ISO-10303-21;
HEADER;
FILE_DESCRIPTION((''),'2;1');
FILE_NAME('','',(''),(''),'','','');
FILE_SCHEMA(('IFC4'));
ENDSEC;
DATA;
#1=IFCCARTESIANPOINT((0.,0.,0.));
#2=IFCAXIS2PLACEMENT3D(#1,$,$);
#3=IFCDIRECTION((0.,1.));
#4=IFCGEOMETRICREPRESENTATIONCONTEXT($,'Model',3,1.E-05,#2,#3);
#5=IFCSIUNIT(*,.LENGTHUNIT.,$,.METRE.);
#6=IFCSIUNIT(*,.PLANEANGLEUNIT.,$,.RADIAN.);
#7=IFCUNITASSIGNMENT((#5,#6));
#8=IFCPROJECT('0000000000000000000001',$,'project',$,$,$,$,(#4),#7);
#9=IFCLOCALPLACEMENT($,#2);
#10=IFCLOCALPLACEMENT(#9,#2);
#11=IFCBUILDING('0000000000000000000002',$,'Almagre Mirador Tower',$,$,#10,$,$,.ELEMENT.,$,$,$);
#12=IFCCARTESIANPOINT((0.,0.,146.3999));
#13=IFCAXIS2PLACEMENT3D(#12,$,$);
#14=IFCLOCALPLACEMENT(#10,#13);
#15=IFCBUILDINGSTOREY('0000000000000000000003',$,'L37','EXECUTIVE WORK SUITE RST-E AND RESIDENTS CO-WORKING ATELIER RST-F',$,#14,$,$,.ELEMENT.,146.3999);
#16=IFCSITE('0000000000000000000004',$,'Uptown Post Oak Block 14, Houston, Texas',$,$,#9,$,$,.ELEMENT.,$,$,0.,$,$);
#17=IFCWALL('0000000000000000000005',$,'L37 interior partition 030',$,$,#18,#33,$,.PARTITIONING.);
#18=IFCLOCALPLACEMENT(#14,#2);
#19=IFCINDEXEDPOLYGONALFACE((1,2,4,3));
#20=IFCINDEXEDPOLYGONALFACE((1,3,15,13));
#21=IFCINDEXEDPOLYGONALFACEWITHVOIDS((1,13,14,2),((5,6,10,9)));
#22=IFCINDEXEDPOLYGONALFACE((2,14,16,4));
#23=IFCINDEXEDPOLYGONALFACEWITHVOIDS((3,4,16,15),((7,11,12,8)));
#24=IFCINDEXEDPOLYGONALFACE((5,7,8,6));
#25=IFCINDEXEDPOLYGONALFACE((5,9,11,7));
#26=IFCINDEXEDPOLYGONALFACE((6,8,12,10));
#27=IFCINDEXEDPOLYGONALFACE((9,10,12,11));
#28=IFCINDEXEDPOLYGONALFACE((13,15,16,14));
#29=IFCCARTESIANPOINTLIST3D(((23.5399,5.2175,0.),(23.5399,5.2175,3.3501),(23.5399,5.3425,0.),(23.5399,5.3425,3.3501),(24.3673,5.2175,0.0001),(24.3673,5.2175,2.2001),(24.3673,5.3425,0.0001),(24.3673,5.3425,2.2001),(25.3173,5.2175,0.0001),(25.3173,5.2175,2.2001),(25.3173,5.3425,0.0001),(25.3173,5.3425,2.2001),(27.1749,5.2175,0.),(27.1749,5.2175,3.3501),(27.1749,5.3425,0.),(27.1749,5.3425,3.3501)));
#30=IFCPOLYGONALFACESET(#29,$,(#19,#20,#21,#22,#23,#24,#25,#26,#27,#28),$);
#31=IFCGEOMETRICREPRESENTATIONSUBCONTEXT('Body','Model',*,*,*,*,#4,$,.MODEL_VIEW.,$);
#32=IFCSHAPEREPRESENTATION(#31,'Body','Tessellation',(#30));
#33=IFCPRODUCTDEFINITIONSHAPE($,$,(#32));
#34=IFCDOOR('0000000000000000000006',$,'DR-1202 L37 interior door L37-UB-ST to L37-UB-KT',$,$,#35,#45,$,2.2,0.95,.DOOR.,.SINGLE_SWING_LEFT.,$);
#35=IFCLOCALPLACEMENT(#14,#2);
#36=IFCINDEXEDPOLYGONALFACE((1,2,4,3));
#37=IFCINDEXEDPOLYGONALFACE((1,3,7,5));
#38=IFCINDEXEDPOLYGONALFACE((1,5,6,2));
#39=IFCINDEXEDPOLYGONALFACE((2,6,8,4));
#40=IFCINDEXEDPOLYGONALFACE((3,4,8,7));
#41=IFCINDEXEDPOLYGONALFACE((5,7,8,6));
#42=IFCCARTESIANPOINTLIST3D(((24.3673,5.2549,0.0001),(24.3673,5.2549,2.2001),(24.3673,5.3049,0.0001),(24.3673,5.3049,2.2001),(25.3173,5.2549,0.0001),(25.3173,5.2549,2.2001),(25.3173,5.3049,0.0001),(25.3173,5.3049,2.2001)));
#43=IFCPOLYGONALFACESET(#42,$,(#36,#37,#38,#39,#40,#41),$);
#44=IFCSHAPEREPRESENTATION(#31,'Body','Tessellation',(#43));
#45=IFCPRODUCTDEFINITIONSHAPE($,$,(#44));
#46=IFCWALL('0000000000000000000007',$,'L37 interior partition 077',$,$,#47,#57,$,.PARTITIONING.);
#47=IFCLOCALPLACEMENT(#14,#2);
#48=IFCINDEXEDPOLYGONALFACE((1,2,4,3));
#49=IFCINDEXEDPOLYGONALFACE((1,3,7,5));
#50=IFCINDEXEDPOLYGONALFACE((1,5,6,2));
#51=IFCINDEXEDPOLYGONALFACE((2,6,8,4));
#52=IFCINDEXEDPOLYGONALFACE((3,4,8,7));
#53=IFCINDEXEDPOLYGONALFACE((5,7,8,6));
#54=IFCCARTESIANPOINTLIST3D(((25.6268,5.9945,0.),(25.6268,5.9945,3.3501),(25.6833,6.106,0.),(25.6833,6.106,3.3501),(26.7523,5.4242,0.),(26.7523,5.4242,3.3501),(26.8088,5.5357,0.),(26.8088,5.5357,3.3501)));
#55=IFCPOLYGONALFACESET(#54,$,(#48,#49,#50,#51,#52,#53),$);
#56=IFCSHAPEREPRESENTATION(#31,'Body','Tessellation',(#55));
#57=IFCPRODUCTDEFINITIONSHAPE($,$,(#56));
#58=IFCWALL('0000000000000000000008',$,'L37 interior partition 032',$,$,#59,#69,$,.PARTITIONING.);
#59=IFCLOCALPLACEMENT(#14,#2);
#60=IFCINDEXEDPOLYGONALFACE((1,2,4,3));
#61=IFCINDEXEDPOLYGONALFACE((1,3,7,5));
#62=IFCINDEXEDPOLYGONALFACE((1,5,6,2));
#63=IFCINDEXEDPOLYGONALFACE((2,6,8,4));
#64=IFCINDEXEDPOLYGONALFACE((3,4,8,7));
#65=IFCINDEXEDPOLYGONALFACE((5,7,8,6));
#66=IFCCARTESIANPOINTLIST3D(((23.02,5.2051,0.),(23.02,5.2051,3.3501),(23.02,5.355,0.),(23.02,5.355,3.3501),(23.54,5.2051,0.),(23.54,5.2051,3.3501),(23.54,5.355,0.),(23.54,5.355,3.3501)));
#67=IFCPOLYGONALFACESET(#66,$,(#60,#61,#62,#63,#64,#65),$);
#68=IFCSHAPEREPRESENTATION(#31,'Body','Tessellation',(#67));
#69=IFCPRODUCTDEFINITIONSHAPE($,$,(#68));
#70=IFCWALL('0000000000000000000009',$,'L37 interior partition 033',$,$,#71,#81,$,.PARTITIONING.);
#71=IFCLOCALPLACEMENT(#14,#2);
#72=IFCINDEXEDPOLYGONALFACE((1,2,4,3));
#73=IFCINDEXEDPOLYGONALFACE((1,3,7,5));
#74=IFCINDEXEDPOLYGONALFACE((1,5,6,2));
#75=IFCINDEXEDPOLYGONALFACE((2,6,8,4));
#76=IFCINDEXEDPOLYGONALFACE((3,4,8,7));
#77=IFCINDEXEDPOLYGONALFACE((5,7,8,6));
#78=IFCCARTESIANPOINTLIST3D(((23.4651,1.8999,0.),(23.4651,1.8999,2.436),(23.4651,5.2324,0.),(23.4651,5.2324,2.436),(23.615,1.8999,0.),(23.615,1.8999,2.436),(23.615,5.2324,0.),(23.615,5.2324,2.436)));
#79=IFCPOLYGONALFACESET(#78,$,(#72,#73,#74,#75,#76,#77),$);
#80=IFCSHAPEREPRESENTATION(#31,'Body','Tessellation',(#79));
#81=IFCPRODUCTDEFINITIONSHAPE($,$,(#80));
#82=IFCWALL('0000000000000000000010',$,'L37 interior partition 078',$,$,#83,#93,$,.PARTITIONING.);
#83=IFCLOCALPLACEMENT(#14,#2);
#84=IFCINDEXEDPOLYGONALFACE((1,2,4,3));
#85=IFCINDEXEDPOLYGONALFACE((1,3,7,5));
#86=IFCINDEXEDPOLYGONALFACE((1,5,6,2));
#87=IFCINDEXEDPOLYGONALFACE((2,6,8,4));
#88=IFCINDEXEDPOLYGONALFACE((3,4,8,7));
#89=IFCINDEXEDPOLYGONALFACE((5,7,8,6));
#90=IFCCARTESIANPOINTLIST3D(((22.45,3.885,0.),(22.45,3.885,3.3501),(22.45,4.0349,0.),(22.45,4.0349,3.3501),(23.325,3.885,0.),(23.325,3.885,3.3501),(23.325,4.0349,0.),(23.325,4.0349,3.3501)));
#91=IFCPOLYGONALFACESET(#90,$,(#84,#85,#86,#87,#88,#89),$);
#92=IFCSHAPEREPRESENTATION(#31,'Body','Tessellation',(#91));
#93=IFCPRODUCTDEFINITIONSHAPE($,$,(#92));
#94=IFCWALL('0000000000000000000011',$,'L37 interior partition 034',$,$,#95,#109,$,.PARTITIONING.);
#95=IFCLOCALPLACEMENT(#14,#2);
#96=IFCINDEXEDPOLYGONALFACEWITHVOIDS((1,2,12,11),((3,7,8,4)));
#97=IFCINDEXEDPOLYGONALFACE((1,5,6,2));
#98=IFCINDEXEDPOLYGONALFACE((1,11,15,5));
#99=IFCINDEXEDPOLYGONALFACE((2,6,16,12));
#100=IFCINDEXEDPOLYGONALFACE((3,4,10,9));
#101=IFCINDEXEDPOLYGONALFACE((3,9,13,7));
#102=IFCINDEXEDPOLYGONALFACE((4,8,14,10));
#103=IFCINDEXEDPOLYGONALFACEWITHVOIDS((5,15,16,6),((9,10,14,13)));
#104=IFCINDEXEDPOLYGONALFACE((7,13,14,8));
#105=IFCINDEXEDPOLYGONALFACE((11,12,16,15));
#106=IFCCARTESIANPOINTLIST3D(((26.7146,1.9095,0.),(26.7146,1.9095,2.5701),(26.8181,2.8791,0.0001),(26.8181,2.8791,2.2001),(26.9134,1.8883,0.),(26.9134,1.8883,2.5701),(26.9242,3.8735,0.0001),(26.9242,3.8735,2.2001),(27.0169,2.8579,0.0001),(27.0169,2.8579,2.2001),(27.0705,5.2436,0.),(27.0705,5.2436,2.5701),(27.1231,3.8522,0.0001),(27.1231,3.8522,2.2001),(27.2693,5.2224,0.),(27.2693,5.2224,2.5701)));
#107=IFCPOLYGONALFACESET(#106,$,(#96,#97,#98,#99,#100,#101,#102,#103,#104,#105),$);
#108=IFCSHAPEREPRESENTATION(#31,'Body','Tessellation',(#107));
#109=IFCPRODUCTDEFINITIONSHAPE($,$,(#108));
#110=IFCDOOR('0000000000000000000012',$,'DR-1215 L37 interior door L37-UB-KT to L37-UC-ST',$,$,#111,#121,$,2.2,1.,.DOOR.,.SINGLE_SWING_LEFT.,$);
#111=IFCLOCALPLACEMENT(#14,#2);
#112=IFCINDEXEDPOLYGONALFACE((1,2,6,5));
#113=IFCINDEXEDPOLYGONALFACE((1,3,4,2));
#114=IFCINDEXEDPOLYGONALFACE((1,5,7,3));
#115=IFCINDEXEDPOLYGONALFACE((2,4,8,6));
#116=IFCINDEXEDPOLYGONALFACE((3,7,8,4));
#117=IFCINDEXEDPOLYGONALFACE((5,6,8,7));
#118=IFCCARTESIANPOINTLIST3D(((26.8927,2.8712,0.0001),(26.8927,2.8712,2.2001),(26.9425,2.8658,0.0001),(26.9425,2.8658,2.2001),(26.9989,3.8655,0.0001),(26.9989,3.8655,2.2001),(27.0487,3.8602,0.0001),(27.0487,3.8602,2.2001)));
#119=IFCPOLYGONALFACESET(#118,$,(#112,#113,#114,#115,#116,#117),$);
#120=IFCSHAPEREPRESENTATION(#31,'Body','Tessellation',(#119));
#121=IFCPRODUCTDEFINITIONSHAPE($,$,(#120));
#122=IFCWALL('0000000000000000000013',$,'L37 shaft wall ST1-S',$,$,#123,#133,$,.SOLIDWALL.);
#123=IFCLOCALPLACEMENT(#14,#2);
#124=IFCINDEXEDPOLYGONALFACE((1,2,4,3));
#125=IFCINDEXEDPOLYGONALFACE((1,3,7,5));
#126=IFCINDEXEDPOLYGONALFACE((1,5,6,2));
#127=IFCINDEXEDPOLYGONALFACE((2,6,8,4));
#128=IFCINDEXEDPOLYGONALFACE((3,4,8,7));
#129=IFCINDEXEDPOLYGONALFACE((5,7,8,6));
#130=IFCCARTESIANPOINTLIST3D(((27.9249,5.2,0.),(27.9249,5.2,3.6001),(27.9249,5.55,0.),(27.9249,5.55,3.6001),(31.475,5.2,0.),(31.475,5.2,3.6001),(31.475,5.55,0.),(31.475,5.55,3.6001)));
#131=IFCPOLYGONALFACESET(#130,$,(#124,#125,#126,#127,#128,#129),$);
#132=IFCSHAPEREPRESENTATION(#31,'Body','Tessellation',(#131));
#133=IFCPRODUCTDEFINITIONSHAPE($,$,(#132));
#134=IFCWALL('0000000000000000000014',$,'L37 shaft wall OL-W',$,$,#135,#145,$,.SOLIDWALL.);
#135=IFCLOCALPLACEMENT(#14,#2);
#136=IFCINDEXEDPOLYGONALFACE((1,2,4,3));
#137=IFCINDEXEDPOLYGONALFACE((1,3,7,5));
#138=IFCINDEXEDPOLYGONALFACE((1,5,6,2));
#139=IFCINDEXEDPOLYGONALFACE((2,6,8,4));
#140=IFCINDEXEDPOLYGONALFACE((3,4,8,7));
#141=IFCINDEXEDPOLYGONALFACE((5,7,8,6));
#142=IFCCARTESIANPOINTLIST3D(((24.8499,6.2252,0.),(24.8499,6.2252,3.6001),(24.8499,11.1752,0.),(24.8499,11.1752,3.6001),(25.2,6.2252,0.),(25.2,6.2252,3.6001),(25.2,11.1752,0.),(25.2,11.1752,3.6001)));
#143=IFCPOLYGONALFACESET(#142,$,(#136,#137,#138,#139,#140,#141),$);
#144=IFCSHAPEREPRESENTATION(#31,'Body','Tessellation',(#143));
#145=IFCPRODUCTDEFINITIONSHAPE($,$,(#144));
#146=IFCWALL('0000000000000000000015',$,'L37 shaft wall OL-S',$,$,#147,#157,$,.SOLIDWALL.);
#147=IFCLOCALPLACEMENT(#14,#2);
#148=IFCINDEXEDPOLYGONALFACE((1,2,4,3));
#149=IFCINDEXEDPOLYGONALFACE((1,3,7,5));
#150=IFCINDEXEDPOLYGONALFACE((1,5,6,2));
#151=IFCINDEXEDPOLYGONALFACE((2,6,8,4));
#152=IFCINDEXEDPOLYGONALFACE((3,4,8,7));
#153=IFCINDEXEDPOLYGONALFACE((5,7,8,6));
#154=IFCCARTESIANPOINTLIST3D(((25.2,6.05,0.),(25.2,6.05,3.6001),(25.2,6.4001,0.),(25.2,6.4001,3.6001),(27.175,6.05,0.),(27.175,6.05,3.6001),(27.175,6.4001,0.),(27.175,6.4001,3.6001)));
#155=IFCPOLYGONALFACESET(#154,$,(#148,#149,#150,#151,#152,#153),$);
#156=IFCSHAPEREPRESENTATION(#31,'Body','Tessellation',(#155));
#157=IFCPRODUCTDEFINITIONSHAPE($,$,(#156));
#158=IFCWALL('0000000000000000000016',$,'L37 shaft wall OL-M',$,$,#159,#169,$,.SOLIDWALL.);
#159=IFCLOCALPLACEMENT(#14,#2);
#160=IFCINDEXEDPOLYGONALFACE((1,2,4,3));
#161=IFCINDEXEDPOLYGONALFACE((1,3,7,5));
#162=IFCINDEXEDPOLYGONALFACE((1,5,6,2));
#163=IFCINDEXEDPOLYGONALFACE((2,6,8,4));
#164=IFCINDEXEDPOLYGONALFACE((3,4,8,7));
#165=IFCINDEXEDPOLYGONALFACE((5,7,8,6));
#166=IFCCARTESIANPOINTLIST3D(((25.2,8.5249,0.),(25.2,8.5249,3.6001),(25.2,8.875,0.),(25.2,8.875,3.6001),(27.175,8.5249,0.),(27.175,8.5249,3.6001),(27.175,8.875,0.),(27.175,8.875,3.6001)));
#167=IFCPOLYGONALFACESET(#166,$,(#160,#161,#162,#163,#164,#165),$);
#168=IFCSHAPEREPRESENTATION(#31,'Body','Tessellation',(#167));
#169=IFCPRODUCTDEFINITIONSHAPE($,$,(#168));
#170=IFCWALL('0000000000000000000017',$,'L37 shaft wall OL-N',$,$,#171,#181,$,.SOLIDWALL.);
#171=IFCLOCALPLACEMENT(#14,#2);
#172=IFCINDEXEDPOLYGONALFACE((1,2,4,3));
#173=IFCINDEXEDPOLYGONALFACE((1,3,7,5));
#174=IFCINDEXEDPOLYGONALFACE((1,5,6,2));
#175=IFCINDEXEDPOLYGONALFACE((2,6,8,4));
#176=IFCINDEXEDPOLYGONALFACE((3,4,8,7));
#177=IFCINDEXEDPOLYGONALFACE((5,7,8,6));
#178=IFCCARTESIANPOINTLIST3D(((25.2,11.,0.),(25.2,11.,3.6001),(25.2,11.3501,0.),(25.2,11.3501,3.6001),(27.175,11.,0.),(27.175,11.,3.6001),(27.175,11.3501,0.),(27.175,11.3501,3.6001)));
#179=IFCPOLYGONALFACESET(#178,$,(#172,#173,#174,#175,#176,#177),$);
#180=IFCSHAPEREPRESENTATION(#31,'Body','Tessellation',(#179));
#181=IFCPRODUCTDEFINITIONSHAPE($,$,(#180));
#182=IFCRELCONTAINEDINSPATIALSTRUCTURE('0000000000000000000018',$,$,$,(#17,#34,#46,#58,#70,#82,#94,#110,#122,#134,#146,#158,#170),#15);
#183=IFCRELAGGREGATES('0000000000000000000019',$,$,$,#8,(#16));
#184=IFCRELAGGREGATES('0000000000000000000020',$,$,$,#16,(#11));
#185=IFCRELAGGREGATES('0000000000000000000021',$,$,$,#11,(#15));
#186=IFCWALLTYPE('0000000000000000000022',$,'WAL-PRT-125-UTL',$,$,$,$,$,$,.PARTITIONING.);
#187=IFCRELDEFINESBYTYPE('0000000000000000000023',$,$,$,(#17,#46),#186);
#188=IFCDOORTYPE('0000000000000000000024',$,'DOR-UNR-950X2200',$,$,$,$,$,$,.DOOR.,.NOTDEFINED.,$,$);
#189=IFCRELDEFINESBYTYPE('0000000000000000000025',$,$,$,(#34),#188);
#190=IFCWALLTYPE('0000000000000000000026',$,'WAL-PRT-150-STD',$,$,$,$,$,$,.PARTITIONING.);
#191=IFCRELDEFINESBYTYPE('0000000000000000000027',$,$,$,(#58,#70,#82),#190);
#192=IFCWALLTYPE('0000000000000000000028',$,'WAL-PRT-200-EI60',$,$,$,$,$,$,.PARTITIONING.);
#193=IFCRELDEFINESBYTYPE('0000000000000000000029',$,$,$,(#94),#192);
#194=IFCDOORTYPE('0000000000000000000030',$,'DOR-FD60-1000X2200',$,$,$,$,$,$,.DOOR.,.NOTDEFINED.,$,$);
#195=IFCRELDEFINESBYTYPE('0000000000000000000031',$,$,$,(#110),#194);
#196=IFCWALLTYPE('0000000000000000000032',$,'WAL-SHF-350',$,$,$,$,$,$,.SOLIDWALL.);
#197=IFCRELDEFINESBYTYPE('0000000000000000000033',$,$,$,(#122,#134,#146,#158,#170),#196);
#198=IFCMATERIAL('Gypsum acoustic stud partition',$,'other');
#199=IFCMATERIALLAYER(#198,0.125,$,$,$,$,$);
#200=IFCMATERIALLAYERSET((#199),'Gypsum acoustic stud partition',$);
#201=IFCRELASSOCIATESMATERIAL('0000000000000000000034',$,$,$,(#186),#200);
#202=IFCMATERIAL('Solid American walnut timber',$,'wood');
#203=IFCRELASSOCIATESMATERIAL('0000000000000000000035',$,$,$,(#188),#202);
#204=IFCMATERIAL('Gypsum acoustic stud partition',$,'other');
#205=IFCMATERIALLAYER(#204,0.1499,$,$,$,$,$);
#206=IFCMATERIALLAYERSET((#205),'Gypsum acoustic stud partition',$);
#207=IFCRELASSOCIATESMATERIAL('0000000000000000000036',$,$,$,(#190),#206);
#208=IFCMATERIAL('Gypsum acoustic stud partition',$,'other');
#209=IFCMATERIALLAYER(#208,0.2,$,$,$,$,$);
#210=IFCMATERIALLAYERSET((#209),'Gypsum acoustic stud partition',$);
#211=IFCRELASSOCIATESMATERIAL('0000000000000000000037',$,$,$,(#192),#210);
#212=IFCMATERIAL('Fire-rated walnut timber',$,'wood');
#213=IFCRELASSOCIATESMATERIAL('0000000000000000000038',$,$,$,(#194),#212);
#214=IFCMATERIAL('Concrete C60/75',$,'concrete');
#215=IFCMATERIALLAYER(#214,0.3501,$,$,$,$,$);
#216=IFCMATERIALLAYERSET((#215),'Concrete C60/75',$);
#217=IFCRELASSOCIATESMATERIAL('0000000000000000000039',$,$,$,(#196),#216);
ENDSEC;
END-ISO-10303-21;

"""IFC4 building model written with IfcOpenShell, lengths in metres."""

from ifc_helpers import new_model, si_unit, direction, frame, frame_2d, origin, place, context, subcontext, project, spatial, rectangle, extrude, material, layer, layer_set, type_object, element, fill, save


model = new_model("IFC4")

# Units and contexts
model_context = context("Model", 3, precision=1e-05, world=origin(), true_north=direction((0.0, 1.0)))
body_context = subcontext(model_context, "Body", "Model", "MODEL_VIEW")
ifc_project = project(units=[si_unit("LENGTHUNIT", "METRE"), si_unit("PLANEANGLEUNIT", "RADIAN")], contexts=[model_context])

# Site, building, storey
site_placement = place(None, origin())
site = spatial("IfcSite", under=ifc_project, at=site_placement, Name="Uptown Post Oak Block 14, Houston, Texas", CompositionType="ELEMENT", RefElevation=0.0)
building_placement = place(site_placement, origin())
building = spatial("IfcBuilding", under=site, at=building_placement, Name="Almagre Mirador Tower", CompositionType="ELEMENT")
storey_placement = place(building_placement, frame((0.0, 0.0, 146.3999)))
storey = spatial("IfcBuildingStorey", under=building, at=storey_placement, Name="L37", Description="EXECUTIVE WORK SUITE RST-E AND RESIDENTS CO-WORKING ATELIER RST-F", CompositionType="ELEMENT", Elevation=146.3999)

# Wall, opening, door
ifc_material_1 = material(Name="Gypsum acoustic stud partition", Category="other")
ifc_layer_1 = layer(ifc_material_1, 0.125)
ifc_layer_set_1 = layer_set([ifc_layer_1], Name="Gypsum acoustic stud partition")
wall_type_1 = type_object("IfcWallType", Name="WAL-PRT-125-UTL", PredefinedType="PARTITIONING", material=ifc_layer_set_1)
wall_1_placement = place(storey_placement, frame((23.54, 5.28, 0.0), z_axis=(0.0, 0.0, 1.0), x_axis=(1.0, 0.0, 0.0)))
wall_1 = element("IfcWall", 1, at=wall_1_placement, inside=storey, type_object=wall_type_1, Name="L37 interior partition 030", PredefinedType="PARTITIONING", context=body_context, shape_type="SweptSolid", body=[
    extrude(rectangle(XDim=3.635, YDim=0.125, at=frame_2d((1.8174, 0.0))), origin(), (0.0, 0.0, 1.0), 3.3501),
])
opening_1_placement = place(wall_1_placement, frame((0.8271, 0.0, 0.0)))
opening_1 = element("IfcOpeningElement", 2, at=opening_1_placement, cuts=wall_1, PredefinedType="OPENING", context=body_context, shape_type="SweptSolid", body=[
    extrude(rectangle(XDim=0.95, YDim=2.2, at=frame_2d((0.4751, 1.1001))), frame((0.0, 0.0725, 0.0), z_axis=(0.0, -1.0, 0.0), x_axis=(1.0, 0.0, 0.0)), (0.0, 0.0, 1.0), 0.145),
])
ifc_material_2 = material(Name="Solid American walnut timber", Category="wood")
door_type_1 = type_object("IfcDoorType", Name="DOR-UNR-950X2200", OperationType="NOTDEFINED", PredefinedType="DOOR", material=ifc_material_2)
door_1_placement = place(opening_1_placement, origin())
door_1 = element("IfcDoor", 3, at=door_1_placement, inside=storey, type_object=door_type_1, Name="DR-1202 L37 interior door L37-UB-ST to L37-UB-KT", OperationType="SINGLE_SWING_LEFT", OverallHeight=2.2, OverallWidth=0.95, PredefinedType="DOOR", context=body_context, shape_type="SweptSolid", body=[
    extrude(rectangle(XDim=0.95, YDim=2.2, at=frame_2d((0.4751, 1.1001))), frame((0.0, 0.0249, 0.0), z_axis=(0.0, -1.0, 0.0), x_axis=(1.0, 0.0, 0.0)), (0.0, 0.0, 1.0), 0.05),
])
fill(opening_1, door_1)

# Walls
wall_2_placement = place(storey_placement, frame((25.655, 6.0503, 0.0), z_axis=(0.0, 0.0, 1.0), x_axis=(0.892015, -0.452006, 0.0)))
element("IfcWall", 4, at=wall_2_placement, inside=storey, type_object=wall_type_1, Name="L37 interior partition 077", PredefinedType="PARTITIONING", context=body_context, shape_type="SweptSolid", body=[
    extrude(rectangle(XDim=1.2617, YDim=0.125, at=frame_2d((0.6309, 0.0))), origin(), (0.0, 0.0, 1.0), 3.3501),
])
ifc_material_3 = material(Name="Gypsum acoustic stud partition", Category="other")
ifc_layer_2 = layer(ifc_material_3, 0.1499)
ifc_layer_set_2 = layer_set([ifc_layer_2], Name="Gypsum acoustic stud partition")
wall_type_2 = type_object("IfcWallType", Name="WAL-PRT-150-STD", PredefinedType="PARTITIONING", material=ifc_layer_set_2)
wall_3_placement = place(storey_placement, frame((23.02, 5.28, 0.0), z_axis=(0.0, 0.0, 1.0), x_axis=(1.0, 0.0, 0.0)))
element("IfcWall", 5, at=wall_3_placement, inside=storey, type_object=wall_type_2, Name="L37 interior partition 032", PredefinedType="PARTITIONING", context=body_context, shape_type="SweptSolid", body=[
    extrude(rectangle(XDim=0.52, YDim=0.1499, at=frame_2d((0.26, 0.0))), origin(), (0.0, 0.0, 1.0), 3.3501),
])
wall_4_placement = place(storey_placement, frame((23.54, 5.2324, 0.0), z_axis=(0.0, 0.0, 1.0), x_axis=(0.0, -1.0, 0.0)))
element("IfcWall", 6, at=wall_4_placement, inside=storey, type_object=wall_type_2, Name="L37 interior partition 033", PredefinedType="PARTITIONING", context=body_context, shape_type="SweptSolid", body=[
    extrude(rectangle(XDim=3.3325, YDim=0.1499, at=frame_2d((1.6663, 0.0))), origin(), (0.0, 0.0, 1.0), 2.436),
])
wall_5_placement = place(storey_placement, frame((23.325, 3.96, 0.0), z_axis=(0.0, 0.0, 1.0), x_axis=(-1.0, 0.0, 0.0)))
element("IfcWall", 7, at=wall_5_placement, inside=storey, type_object=wall_type_2, Name="L37 interior partition 078", PredefinedType="PARTITIONING", context=body_context, shape_type="SweptSolid", body=[
    extrude(rectangle(XDim=0.875, YDim=0.1499, at=frame_2d((0.4375, 0.0))), origin(), (0.0, 0.0, 1.0), 3.3501),
])

# Wall, opening, door
ifc_material_4 = material(Name="Gypsum acoustic stud partition", Category="other")
ifc_layer_3 = layer(ifc_material_4, 0.2)
ifc_layer_set_3 = layer_set([ifc_layer_3], Name="Gypsum acoustic stud partition")
wall_type_3 = type_object("IfcWallType", Name="WAL-PRT-200-EI60", PredefinedType="PARTITIONING", material=ifc_layer_set_3)
wall_6_placement = place(storey_placement, frame((26.814, 1.8989, 0.0), z_axis=(0.0, 0.0, 1.0), x_axis=(0.106163, 0.994349, 0.0)))
wall_6 = element("IfcWall", 8, at=wall_6_placement, inside=storey, type_object=wall_type_3, Name="L37 interior partition 034", PredefinedType="PARTITIONING", context=body_context, shape_type="SweptSolid", body=[
    extrude(rectangle(XDim=3.353, YDim=0.2, at=frame_2d((1.6765, 0.0))), origin(), (0.0, 0.0, 1.0), 2.5701),
])
opening_2_placement = place(wall_6_placement, frame((0.9751, 0.0, 0.0)))
opening_2 = element("IfcOpeningElement", 9, at=opening_2_placement, cuts=wall_6, PredefinedType="OPENING", context=body_context, shape_type="SweptSolid", body=[
    extrude(rectangle(XDim=1.0, YDim=2.2, at=frame_2d((0.5, 1.1001))), frame((0.0, 0.1101, 0.0), z_axis=(0.0, -1.0, 0.0), x_axis=(1.0, 0.0, 0.0)), (0.0, 0.0, 1.0), 0.22),
])
ifc_material_5 = material(Name="Fire-rated walnut timber", Category="wood")
door_type_2 = type_object("IfcDoorType", Name="DOR-FD60-1000X2200", OperationType="NOTDEFINED", PredefinedType="DOOR", material=ifc_material_5)
door_2_placement = place(opening_2_placement, origin())
door_2 = element("IfcDoor", 10, at=door_2_placement, inside=storey, type_object=door_type_2, Name="DR-1215 L37 interior door L37-UB-KT to L37-UC-ST", OperationType="SINGLE_SWING_LEFT", OverallHeight=2.2, OverallWidth=1.0, PredefinedType="DOOR", context=body_context, shape_type="SweptSolid", body=[
    extrude(rectangle(XDim=1.0, YDim=2.2, at=frame_2d((0.5, 1.1001))), frame((0.0, 0.0249, 0.0), z_axis=(0.0, -1.0, 0.0), x_axis=(1.0, 0.0, 0.0)), (0.0, 0.0, 1.0), 0.05),
])
fill(opening_2, door_2)

# Walls
ifc_material_6 = material(Name="Concrete C60/75", Category="concrete")
ifc_layer_4 = layer(ifc_material_6, 0.3501)
ifc_layer_set_4 = layer_set([ifc_layer_4], Name="Concrete C60/75")
wall_type_4 = type_object("IfcWallType", Name="WAL-SHF-350", PredefinedType="SOLIDWALL", material=ifc_layer_set_4)
wall_7_placement = place(storey_placement, frame((27.925, 5.375, 0.0), z_axis=(0.0, 0.0, 1.0), x_axis=(1.0, 0.0, 0.0)))
element("IfcWall", 11, at=wall_7_placement, inside=storey, type_object=wall_type_4, Name="L37 shaft wall ST1-S", PredefinedType="SOLIDWALL", context=body_context, shape_type="SweptSolid", body=[
    extrude(rectangle(XDim=3.55, YDim=0.3501, at=frame_2d((1.7749, 0.0))), origin(), (0.0, 0.0, 1.0), 3.6001),
])
wall_8_placement = place(storey_placement, frame((25.0249, 6.2251, 0.0), z_axis=(0.0, 0.0, 1.0), x_axis=(0.0, 1.0, 0.0)))
element("IfcWall", 12, at=wall_8_placement, inside=storey, type_object=wall_type_4, Name="L37 shaft wall OL-W", PredefinedType="SOLIDWALL", context=body_context, shape_type="SweptSolid", body=[
    extrude(rectangle(XDim=4.95, YDim=0.3501, at=frame_2d((2.4751, 0.0))), origin(), (0.0, 0.0, 1.0), 3.6001),
])
for number, where, z_axis, x_axis, name in (
    (13, (25.2, 6.2251, 0.0), (0.0, 0.0, 1.0), (1.0, 0.0, 0.0), "L37 shaft wall OL-S"),
    (14, (25.2, 8.7, 0.0), (0.0, 0.0, 1.0), (1.0, 0.0, 0.0), "L37 shaft wall OL-M"),
    (15, (25.2, 11.175, 0.0), (0.0, 0.0, 1.0), (1.0, 0.0, 0.0), "L37 shaft wall OL-N"),
):
    element("IfcWall", number, at=place(storey_placement, frame(where, z_axis=z_axis, x_axis=x_axis)), inside=storey, type_object=wall_type_4, Name=name, PredefinedType="SOLIDWALL", context=body_context, shape_type="SweptSolid", body=[
        extrude(rectangle(XDim=1.9751, YDim=0.3501, at=frame_2d((0.9875, 0.0))), origin(), (0.0, 0.0, 1.0), 3.6001),
    ])

save(model, "model.ifc")
